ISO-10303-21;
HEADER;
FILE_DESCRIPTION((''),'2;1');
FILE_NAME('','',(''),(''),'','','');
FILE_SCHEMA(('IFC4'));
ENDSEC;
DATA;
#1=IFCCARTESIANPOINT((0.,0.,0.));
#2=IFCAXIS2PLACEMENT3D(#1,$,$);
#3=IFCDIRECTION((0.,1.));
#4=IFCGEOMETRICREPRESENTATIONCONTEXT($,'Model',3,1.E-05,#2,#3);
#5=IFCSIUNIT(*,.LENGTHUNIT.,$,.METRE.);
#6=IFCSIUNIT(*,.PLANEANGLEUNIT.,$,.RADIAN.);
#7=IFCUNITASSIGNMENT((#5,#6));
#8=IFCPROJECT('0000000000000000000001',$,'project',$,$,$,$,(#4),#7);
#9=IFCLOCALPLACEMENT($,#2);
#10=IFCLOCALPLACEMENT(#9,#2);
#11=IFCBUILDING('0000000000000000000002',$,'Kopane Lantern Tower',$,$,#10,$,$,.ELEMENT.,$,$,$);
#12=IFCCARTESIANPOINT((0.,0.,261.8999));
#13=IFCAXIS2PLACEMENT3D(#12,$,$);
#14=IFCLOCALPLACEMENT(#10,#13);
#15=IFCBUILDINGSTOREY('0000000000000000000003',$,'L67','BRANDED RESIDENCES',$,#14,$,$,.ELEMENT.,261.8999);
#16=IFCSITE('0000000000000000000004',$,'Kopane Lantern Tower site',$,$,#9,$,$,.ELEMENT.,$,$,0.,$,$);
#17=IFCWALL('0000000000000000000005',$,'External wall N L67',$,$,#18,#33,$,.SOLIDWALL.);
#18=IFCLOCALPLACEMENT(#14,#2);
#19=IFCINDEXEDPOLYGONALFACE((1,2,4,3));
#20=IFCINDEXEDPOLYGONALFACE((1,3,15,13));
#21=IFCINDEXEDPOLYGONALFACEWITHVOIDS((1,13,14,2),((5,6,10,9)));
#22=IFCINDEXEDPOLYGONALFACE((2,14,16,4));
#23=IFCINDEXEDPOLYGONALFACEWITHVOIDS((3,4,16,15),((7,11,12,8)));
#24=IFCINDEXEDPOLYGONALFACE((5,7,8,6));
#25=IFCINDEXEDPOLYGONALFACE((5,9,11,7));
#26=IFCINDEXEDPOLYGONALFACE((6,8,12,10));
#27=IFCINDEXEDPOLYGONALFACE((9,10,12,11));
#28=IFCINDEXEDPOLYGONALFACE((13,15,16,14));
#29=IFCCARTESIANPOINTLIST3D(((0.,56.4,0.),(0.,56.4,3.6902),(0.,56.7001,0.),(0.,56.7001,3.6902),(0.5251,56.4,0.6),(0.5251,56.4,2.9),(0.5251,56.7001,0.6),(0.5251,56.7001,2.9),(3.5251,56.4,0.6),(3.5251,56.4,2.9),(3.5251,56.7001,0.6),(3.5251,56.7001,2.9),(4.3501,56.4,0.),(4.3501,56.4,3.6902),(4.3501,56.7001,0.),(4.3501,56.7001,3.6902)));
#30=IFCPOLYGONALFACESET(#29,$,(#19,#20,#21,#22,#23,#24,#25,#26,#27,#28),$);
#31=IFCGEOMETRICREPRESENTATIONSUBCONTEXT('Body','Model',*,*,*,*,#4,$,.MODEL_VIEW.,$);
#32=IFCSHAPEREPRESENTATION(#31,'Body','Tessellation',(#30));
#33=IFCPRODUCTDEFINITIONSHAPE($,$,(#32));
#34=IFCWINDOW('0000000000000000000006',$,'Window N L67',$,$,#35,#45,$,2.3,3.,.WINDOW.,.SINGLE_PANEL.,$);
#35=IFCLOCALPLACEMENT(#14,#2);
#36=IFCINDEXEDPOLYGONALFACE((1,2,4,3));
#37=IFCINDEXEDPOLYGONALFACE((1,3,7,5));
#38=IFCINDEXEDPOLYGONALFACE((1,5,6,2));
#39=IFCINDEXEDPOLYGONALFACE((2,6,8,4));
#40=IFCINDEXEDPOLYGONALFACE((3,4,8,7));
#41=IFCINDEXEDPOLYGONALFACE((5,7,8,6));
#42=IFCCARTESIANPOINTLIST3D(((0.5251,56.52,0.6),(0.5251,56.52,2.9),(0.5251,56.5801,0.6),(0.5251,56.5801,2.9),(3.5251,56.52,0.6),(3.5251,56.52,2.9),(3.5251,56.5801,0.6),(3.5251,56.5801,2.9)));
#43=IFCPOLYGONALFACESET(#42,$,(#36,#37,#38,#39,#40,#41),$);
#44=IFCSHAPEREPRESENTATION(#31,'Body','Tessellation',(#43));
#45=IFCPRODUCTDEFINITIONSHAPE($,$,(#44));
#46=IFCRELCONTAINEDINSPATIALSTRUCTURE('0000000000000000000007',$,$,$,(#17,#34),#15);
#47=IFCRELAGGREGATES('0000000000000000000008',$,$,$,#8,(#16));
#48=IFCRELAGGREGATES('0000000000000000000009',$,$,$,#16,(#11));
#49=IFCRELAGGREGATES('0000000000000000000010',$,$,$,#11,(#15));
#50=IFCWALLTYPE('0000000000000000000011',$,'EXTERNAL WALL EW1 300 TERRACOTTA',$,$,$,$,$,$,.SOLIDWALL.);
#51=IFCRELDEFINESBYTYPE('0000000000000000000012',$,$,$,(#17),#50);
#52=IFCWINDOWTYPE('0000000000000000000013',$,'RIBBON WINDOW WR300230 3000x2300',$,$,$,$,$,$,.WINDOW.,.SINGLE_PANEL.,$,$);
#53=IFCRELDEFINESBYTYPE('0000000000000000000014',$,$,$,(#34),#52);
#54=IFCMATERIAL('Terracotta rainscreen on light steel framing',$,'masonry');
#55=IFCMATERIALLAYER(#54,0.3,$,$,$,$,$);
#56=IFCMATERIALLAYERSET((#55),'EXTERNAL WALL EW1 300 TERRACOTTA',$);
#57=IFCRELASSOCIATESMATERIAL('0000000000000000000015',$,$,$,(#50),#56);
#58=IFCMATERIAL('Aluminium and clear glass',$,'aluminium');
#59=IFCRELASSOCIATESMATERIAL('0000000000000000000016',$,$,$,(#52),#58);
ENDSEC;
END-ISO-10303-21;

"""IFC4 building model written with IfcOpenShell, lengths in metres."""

from ifc_helpers import new_model, si_unit, direction, frame, frame_2d, origin, place, context, subcontext, project, spatial, rectangle, extrude, material, layer, layer_set, type_object, element, fill, save


model = new_model("IFC4")

# Units and contexts
model_context = context("Model", 3, precision=1e-05, world=origin(), true_north=direction((0.0, 1.0)))
body_context = subcontext(model_context, "Body", "Model", "MODEL_VIEW")
ifc_project = project(units=[si_unit("LENGTHUNIT", "METRE"), si_unit("PLANEANGLEUNIT", "RADIAN")], contexts=[model_context])

# Site, building, storey
site_placement = place(None, origin())
site = spatial("IfcSite", under=ifc_project, at=site_placement, Name="Kopane Lantern Tower site", CompositionType="ELEMENT", RefElevation=0.0)
building_placement = place(site_placement, origin())
building = spatial("IfcBuilding", under=site, at=building_placement, Name="Kopane Lantern Tower", CompositionType="ELEMENT")
storey_placement = place(building_placement, frame((0.0, 0.0, 261.8999)))
storey = spatial("IfcBuildingStorey", under=building, at=storey_placement, Name="L67", Description="BRANDED RESIDENCES", CompositionType="ELEMENT", Elevation=261.8999)

# Wall, opening, window
ifc_material_1 = material(Name="Terracotta rainscreen on light steel framing", Category="masonry")
ifc_layer_1 = layer(ifc_material_1, 0.3)
ifc_layer_set_1 = layer_set([ifc_layer_1], Name="EXTERNAL WALL EW1 300 TERRACOTTA")
wall_type_1 = type_object("IfcWallType", Name="EXTERNAL WALL EW1 300 TERRACOTTA", PredefinedType="SOLIDWALL", material=ifc_layer_set_1)
wall_1_placement = place(storey_placement, frame((4.3501, 56.55, 0.0), z_axis=(0.0, 0.0, 1.0), x_axis=(-1.0, 0.0, 0.0)))
wall_1 = element("IfcWall", 1, at=wall_1_placement, inside=storey, type_object=wall_type_1, Name="External wall N L67", PredefinedType="SOLIDWALL", context=body_context, shape_type="SweptSolid", body=[
    extrude(rectangle(XDim=4.3501, YDim=0.3, at=frame_2d((2.175, 0.0))), origin(), (0.0, 0.0, 1.0), 3.6902),
])
opening_1_placement = place(wall_1_placement, frame((0.825, 0.0, 0.6001)))
opening_1 = element("IfcOpeningElement", 2, at=opening_1_placement, cuts=wall_1, PredefinedType="OPENING", context=body_context, shape_type="SweptSolid", body=[
    extrude(rectangle(XDim=3.0, YDim=2.3, at=frame_2d((1.5, 1.1499))), frame((0.0, 0.1599, 0.0), z_axis=(0.0, -1.0, 0.0), x_axis=(1.0, 0.0, 0.0)), (0.0, 0.0, 1.0), 0.3201),
])
ifc_material_2 = material(Name="Aluminium and clear glass", Category="aluminium")
window_type_1 = type_object("IfcWindowType", Name="RIBBON WINDOW WR300230 3000x2300", PartitioningType="SINGLE_PANEL", PredefinedType="WINDOW", material=ifc_material_2)
window_1_placement = place(opening_1_placement, origin())
window_1 = element("IfcWindow", 3, at=window_1_placement, inside=storey, type_object=window_type_1, Name="Window N L67", OverallHeight=2.3, OverallWidth=3.0, PartitioningType="SINGLE_PANEL", PredefinedType="WINDOW", context=body_context, shape_type="SweptSolid", body=[
    extrude(rectangle(XDim=3.0, YDim=2.3, at=frame_2d((1.5, 1.1499))), frame((0.0, 0.03, 0.0), z_axis=(0.0, -1.0, 0.0), x_axis=(1.0, 0.0, 0.0)), (0.0, 0.0, 1.0), 0.0601),
])
fill(opening_1, window_1)

save(model, "model.ifc")
